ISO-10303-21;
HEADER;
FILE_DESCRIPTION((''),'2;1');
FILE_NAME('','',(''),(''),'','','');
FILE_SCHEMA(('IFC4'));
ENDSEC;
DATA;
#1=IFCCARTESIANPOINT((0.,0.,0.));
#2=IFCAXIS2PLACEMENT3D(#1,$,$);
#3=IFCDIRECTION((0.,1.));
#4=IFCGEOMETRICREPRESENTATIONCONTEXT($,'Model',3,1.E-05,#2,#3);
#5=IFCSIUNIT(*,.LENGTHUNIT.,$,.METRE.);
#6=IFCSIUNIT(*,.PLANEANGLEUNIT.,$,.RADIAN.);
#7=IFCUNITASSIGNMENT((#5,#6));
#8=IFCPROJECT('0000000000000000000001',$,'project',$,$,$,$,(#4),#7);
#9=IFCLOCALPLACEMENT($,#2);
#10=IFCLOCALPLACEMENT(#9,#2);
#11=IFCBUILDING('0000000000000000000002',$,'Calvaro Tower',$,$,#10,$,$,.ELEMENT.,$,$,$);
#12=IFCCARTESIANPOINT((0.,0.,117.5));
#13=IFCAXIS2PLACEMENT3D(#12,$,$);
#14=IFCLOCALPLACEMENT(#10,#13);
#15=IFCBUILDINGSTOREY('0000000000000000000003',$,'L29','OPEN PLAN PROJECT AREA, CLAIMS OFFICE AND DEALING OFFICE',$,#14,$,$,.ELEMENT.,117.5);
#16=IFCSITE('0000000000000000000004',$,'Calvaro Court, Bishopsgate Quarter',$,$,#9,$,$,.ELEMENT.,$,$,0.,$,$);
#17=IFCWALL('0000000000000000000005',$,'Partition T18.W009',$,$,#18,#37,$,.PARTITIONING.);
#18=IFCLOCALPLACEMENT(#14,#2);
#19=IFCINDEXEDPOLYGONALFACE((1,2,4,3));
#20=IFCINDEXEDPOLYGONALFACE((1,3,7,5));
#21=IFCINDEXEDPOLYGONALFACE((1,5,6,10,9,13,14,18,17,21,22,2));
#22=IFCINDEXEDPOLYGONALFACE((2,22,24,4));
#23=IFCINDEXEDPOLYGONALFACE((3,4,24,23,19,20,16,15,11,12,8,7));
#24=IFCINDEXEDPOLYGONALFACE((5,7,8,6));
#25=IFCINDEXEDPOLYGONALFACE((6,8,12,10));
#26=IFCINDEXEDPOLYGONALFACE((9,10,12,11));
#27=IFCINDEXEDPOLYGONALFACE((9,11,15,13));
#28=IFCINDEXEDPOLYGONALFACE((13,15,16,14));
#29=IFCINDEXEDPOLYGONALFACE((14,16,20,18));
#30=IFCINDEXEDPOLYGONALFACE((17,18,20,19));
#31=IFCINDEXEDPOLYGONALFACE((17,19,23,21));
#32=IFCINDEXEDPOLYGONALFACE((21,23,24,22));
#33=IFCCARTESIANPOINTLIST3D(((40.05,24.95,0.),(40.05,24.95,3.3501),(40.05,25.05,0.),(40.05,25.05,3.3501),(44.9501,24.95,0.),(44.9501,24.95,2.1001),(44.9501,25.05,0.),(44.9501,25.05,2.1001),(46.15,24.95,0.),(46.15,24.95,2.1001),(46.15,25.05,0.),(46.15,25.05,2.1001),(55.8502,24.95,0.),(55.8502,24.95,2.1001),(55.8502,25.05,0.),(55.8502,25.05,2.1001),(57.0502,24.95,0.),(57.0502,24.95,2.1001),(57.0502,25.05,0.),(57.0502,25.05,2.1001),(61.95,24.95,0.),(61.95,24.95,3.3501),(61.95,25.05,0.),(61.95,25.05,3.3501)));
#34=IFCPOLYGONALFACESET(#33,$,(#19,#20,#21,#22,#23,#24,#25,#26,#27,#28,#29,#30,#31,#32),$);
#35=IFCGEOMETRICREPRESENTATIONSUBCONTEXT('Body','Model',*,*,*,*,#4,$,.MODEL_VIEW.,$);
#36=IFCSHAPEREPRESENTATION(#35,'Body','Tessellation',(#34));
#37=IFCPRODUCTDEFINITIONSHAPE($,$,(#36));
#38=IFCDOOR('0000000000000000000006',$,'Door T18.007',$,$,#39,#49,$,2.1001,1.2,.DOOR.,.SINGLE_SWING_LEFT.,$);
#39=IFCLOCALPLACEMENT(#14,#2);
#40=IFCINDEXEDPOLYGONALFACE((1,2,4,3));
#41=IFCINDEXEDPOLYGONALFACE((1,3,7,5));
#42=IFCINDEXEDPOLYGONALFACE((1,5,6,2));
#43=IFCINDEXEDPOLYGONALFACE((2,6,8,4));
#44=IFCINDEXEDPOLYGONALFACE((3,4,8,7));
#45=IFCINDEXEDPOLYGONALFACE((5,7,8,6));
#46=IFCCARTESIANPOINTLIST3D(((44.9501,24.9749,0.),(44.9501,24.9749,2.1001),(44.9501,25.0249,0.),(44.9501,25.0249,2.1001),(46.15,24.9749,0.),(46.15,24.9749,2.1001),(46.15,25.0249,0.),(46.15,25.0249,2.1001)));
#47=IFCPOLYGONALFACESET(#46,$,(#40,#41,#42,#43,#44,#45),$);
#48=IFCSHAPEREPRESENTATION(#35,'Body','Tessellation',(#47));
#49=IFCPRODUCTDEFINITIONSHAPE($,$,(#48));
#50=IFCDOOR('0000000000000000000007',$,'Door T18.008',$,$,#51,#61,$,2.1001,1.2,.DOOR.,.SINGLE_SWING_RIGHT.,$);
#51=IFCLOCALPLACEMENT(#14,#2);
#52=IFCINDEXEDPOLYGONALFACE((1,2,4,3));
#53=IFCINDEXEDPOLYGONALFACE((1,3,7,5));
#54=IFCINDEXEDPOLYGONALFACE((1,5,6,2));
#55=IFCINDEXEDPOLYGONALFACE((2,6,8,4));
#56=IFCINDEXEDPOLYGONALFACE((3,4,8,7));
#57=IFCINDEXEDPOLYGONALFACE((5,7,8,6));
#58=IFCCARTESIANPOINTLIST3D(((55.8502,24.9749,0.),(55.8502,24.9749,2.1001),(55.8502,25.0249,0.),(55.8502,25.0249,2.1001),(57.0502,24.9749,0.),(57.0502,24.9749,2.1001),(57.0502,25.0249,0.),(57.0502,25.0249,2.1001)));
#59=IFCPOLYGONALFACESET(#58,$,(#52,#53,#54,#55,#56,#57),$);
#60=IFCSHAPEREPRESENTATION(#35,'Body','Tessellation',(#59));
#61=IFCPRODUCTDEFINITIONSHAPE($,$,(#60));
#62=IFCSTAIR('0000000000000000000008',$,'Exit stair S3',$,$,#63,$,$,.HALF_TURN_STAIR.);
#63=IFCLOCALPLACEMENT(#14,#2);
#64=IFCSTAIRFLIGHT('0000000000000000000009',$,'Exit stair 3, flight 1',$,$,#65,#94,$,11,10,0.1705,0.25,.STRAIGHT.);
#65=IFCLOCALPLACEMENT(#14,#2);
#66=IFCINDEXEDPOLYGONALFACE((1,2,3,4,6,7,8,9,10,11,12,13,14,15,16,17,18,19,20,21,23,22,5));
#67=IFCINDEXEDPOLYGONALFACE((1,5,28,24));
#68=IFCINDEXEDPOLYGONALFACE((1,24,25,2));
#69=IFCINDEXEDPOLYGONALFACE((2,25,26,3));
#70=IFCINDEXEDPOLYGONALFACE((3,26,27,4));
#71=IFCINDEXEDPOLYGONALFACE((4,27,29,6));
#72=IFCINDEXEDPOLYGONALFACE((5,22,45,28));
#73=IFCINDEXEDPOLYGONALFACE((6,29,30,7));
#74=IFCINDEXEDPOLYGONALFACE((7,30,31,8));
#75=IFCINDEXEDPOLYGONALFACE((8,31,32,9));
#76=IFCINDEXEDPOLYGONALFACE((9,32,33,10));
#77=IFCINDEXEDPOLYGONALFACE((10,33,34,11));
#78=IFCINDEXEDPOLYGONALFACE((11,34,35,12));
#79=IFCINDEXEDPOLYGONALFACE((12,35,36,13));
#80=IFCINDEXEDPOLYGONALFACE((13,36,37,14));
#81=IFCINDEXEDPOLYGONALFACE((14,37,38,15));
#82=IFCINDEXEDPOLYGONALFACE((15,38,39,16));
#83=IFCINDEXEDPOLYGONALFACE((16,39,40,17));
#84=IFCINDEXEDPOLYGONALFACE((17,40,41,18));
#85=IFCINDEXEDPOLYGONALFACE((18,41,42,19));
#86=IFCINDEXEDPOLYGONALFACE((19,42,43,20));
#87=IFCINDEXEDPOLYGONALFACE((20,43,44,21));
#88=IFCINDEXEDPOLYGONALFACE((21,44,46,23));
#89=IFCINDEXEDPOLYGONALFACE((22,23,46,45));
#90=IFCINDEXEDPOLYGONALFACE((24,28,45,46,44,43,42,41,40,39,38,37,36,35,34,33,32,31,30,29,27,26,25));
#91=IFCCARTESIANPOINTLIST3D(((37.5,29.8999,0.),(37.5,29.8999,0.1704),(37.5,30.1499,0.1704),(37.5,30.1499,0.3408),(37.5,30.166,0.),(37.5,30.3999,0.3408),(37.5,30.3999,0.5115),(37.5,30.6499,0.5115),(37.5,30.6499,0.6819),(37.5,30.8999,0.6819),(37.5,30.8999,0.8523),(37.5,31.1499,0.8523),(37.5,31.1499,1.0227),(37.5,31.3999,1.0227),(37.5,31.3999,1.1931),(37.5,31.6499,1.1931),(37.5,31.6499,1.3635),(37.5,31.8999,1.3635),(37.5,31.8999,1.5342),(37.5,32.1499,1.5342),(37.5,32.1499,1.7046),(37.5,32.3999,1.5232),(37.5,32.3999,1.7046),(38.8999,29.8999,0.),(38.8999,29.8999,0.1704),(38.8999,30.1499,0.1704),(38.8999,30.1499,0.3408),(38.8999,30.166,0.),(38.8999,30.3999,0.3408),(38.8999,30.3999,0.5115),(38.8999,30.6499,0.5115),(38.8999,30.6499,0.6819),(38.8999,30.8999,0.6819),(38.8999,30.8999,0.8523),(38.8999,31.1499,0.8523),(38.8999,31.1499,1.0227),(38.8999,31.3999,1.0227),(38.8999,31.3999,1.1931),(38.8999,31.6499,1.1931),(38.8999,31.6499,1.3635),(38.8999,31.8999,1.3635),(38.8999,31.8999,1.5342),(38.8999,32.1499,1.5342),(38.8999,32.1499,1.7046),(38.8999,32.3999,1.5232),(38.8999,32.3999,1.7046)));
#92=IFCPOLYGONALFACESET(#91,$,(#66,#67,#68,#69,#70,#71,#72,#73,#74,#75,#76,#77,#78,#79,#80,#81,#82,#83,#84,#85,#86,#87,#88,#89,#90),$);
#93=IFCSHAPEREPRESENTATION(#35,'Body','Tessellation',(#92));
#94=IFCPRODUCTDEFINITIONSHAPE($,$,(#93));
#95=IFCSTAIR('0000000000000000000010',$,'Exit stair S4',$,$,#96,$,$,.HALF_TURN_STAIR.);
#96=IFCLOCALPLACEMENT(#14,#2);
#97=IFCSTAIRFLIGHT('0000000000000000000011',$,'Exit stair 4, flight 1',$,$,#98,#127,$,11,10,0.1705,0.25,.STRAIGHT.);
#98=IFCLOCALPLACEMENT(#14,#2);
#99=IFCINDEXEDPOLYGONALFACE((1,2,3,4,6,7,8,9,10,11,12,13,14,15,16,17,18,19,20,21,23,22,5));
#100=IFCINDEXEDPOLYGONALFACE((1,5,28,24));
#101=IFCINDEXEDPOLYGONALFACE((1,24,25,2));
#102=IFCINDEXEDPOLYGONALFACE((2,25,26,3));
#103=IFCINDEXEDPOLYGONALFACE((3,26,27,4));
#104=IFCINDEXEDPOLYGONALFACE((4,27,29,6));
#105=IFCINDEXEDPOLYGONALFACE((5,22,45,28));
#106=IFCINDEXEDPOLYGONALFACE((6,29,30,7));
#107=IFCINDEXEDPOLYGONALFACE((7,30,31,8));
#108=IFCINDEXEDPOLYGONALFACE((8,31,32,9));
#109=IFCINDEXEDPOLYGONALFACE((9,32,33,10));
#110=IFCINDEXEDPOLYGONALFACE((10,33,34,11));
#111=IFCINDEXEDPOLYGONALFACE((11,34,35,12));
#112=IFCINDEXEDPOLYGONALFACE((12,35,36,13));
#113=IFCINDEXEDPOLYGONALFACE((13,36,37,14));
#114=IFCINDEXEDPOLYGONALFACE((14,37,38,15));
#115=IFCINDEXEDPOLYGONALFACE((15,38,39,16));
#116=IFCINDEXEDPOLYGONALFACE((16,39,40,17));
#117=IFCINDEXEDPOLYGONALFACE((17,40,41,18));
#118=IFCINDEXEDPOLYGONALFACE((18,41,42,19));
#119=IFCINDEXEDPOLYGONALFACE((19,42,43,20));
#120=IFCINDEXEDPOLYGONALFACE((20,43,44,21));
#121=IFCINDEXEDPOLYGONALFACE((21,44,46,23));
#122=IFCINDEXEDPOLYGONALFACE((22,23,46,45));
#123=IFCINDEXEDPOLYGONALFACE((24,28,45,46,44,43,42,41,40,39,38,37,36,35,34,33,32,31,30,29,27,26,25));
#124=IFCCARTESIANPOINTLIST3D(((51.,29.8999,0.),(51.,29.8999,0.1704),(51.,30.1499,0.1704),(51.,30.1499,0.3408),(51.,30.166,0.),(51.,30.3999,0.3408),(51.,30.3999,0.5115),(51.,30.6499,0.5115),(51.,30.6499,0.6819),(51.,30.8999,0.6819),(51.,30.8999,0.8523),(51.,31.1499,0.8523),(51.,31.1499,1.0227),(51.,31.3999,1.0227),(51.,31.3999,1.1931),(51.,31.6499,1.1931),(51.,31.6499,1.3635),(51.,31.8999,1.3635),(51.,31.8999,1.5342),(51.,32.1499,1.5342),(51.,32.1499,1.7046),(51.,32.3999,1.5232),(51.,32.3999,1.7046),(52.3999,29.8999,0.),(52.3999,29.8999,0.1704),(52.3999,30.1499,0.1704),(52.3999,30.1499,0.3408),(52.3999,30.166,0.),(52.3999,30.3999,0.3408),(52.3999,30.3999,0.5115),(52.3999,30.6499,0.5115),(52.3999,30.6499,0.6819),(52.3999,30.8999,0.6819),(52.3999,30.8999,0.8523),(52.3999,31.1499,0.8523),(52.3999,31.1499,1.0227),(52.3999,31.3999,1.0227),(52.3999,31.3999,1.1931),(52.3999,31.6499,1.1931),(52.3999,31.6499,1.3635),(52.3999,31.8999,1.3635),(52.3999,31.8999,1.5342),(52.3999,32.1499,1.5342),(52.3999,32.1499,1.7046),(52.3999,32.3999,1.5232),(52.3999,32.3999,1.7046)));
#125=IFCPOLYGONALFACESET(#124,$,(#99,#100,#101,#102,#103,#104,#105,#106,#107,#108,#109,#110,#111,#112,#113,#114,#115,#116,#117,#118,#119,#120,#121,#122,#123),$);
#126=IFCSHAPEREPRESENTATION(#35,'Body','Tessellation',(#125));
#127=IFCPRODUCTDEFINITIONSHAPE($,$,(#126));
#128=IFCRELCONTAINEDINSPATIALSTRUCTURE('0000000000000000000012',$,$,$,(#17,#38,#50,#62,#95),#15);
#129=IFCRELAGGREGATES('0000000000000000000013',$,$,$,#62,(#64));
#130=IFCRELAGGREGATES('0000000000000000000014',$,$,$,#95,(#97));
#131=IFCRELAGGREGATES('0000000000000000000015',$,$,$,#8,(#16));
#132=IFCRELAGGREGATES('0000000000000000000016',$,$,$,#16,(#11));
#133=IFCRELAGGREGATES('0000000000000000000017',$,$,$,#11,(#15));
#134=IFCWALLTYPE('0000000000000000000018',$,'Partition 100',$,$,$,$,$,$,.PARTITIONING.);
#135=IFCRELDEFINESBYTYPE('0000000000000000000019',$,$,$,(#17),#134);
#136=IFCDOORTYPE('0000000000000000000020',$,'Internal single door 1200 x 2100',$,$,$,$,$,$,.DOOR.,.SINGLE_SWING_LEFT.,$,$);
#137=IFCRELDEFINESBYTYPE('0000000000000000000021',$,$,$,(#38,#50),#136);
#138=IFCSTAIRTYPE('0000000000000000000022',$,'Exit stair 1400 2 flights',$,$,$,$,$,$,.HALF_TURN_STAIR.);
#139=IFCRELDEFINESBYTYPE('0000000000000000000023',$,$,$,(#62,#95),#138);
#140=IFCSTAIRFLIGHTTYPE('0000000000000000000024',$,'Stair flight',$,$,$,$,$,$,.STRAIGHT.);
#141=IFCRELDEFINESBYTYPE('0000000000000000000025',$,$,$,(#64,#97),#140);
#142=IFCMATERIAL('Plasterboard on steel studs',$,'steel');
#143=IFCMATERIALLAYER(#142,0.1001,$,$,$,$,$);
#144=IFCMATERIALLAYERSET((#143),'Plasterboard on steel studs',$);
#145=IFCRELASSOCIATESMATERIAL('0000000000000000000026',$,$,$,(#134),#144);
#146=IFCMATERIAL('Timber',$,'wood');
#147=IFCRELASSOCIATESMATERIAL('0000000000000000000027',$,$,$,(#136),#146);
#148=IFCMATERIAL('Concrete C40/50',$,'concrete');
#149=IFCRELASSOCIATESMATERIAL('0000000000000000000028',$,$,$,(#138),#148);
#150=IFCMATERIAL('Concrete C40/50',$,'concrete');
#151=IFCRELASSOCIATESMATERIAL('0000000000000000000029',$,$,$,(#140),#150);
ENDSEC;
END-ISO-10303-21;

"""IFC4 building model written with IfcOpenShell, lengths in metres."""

from ifc_helpers import new_model, si_unit, direction, frame, frame_2d, origin, place, context, subcontext, project, spatial, polyline, rectangle, outline, extrude, material, layer, layer_set, type_object, element, fill, aggregate, save


model = new_model("IFC4")

# Units and contexts
model_context = context("Model", 3, precision=1e-05, world=origin(), true_north=direction((0.0, 1.0)))
body_context = subcontext(model_context, "Body", "Model", "MODEL_VIEW")
ifc_project = project(units=[si_unit("LENGTHUNIT", "METRE"), si_unit("PLANEANGLEUNIT", "RADIAN")], contexts=[model_context])

# Site, building, storey
site_placement = place(None, origin())
site = spatial("IfcSite", under=ifc_project, at=site_placement, Name="Calvaro Court, Bishopsgate Quarter", CompositionType="ELEMENT", RefElevation=0.0)
building_placement = place(site_placement, origin())
building = spatial("IfcBuilding", under=site, at=building_placement, Name="Calvaro Tower", CompositionType="ELEMENT")
storey_placement = place(building_placement, frame((0.0, 0.0, 117.5)))
storey = spatial("IfcBuildingStorey", under=building, at=storey_placement, Name="L29", Description="OPEN PLAN PROJECT AREA, CLAIMS OFFICE AND DEALING OFFICE", CompositionType="ELEMENT", Elevation=117.5)

# Shared definitions
ifc_material_1 = material(Name="Plasterboard on steel studs", Category="steel")
ifc_layer_1 = layer(ifc_material_1, 0.1001)
ifc_layer_set_1 = layer_set([ifc_layer_1], Name="Plasterboard on steel studs")
wall_type_1 = type_object("IfcWallType", Name="Partition 100", PredefinedType="PARTITIONING", material=ifc_layer_set_1)

# Wall, openings, doors
wall_1_placement = place(storey_placement, frame((40.05, 25.0, 0.0), z_axis=(0.0, 0.0, 1.0), x_axis=(1.0, 0.0, 0.0)))
wall_1 = element("IfcWall", 1, at=wall_1_placement, inside=storey, type_object=wall_type_1, Name="Partition T18.W009", PredefinedType="PARTITIONING", context=body_context, shape_type="SweptSolid", body=[
    extrude(rectangle(XDim=21.8999, YDim=0.1001, at=frame_2d((10.95, 0.0))), origin(), (0.0, 0.0, 1.0), 3.3501),
])
opening_1_placement = place(wall_1_placement, frame((4.8999, 0.0, 0.0)))
opening_1 = element("IfcOpeningElement", 2, at=opening_1_placement, cuts=wall_1, PredefinedType="OPENING", context=body_context, shape_type="SweptSolid", body=[
    extrude(rectangle(XDim=1.2, YDim=2.1001, at=frame_2d((0.6001, 1.05))), frame((0.0, 0.0601, 0.0), z_axis=(0.0, -1.0, 0.0), x_axis=(1.0, 0.0, 0.0)), (0.0, 0.0, 1.0), 0.1201),
])
opening_2_placement = place(wall_1_placement, frame((15.8, 0.0, 0.0)))
opening_2 = element("IfcOpeningElement", 3, at=opening_2_placement, cuts=wall_1, PredefinedType="OPENING", context=body_context, shape_type="SweptSolid", body=[
    extrude(rectangle(XDim=1.2, YDim=2.1001, at=frame_2d((0.6001, 1.05))), frame((0.0, 0.0601, 0.0), z_axis=(0.0, -1.0, 0.0), x_axis=(1.0, 0.0, 0.0)), (0.0, 0.0, 1.0), 0.1201),
])
ifc_material_2 = material(Name="Timber", Category="wood")
door_type = type_object("IfcDoorType", Name="Internal single door 1200 x 2100", OperationType="SINGLE_SWING_LEFT", PredefinedType="DOOR", material=ifc_material_2)
door_1_placement = place(opening_1_placement, origin())
door_1 = element("IfcDoor", 4, at=door_1_placement, inside=storey, type_object=door_type, Name="Door T18.007", OperationType="SINGLE_SWING_LEFT", OverallHeight=2.1001, OverallWidth=1.2, PredefinedType="DOOR", context=body_context, shape_type="SweptSolid", body=[
    extrude(rectangle(XDim=1.2, YDim=2.1001, at=frame_2d((0.6001, 1.05))), frame((0.0, 0.0249, 0.0), z_axis=(0.0, -1.0, 0.0), x_axis=(1.0, 0.0, 0.0)), (0.0, 0.0, 1.0), 0.05),
])
fill(opening_1, door_1)
door_2_placement = place(opening_2_placement, origin())
door_2 = element("IfcDoor", 5, at=door_2_placement, inside=storey, type_object=door_type, Name="Door T18.008", OperationType="SINGLE_SWING_RIGHT", OverallHeight=2.1001, OverallWidth=1.2, PredefinedType="DOOR", context=body_context, shape_type="SweptSolid", body=[
    extrude(rectangle(XDim=1.2, YDim=2.1001, at=frame_2d((0.6001, 1.05))), frame((0.0, 0.0249, 0.0), z_axis=(0.0, -1.0, 0.0), x_axis=(1.0, 0.0, 0.0)), (0.0, 0.0, 1.0), 0.05),
])
fill(opening_2, door_2)

# Stairs, stair flights
ifc_material_3 = material(Name="Concrete C40/50", Category="concrete")
stair_type = type_object("IfcStairType", Name="Exit stair 1400 2 flights", PredefinedType="HALF_TURN_STAIR", material=ifc_material_3)
stair_1_placement = place(storey_placement, origin())
stair_1 = element("IfcStair", 6, at=stair_1_placement, inside=storey, type_object=stair_type, Name="Exit stair S3", PredefinedType="HALF_TURN_STAIR")
ifc_material_4 = material(Name="Concrete C40/50", Category="concrete")
stair_flight_type = type_object("IfcStairFlightType", Name="Stair flight", PredefinedType="STRAIGHT", material=ifc_material_4)
stair_flight_1_placement = place(storey_placement, frame((38.2, 29.8999, 0.0), z_axis=(0.0, 0.0, 1.0), x_axis=(0.0, 1.0, 0.0)))
stair_flight_1 = element("IfcStairFlight", 7, at=stair_flight_1_placement, type_object=stair_flight_type, Name="Exit stair 3, flight 1", NumberOfRisers=11, NumberOfTreads=10, PredefinedType="STRAIGHT", RiserHeight=0.1705, TreadLength=0.25, context=body_context, shape_type="SweptSolid", body=[
    extrude(outline(polyline([(0.0, 0.0), (0.0, 0.1704), (0.25, 0.1704), (0.25, 0.3408), (0.5, 0.3408), (0.5, 0.5115), (0.75, 0.5115), (0.75, 0.6819), (1.0, 0.6819), (1.0, 0.8523), (1.25, 0.8523), (1.25, 1.0227), (1.5, 1.0227), (1.5, 1.1931), (1.75, 1.1931), (1.75, 1.3635), (2.0, 1.3635), (2.0, 1.5342), (2.25, 1.5342), (2.25, 1.7046), (2.5, 1.7046), (2.5, 1.875), (2.5, 1.5232), (0.2661, 0.0), (0.0, 0.0)])), frame((0.0, 0.7, 0.0), z_axis=(0.0, -1.0, 0.0), x_axis=(1.0, 0.0, 0.0)), (0.0, 0.0, 1.0), 1.3999),
])
stair_2_placement = place(storey_placement, origin())
stair_2 = element("IfcStair", 8, at=stair_2_placement, inside=storey, type_object=stair_type, Name="Exit stair S4", PredefinedType="HALF_TURN_STAIR")
stair_flight_2_placement = place(storey_placement, frame((51.7, 29.8999, 0.0), z_axis=(0.0, 0.0, 1.0), x_axis=(0.0, 1.0, 0.0)))
stair_flight_2 = element("IfcStairFlight", 9, at=stair_flight_2_placement, type_object=stair_flight_type, Name="Exit stair 4, flight 1", NumberOfRisers=11, NumberOfTreads=10, PredefinedType="STRAIGHT", RiserHeight=0.1705, TreadLength=0.25, context=body_context, shape_type="SweptSolid", body=[
    extrude(outline(polyline([(0.0, 0.0), (0.0, 0.1704), (0.25, 0.1704), (0.25, 0.3408), (0.5, 0.3408), (0.5, 0.5115), (0.75, 0.5115), (0.75, 0.6819), (1.0, 0.6819), (1.0, 0.8523), (1.25, 0.8523), (1.25, 1.0227), (1.5, 1.0227), (1.5, 1.1931), (1.75, 1.1931), (1.75, 1.3635), (2.0, 1.3635), (2.0, 1.5342), (2.25, 1.5342), (2.25, 1.7046), (2.5, 1.7046), (2.5, 1.875), (2.5, 1.5232), (0.2661, 0.0), (0.0, 0.0)])), frame((0.0, 0.7, 0.0), z_axis=(0.0, -1.0, 0.0), x_axis=(1.0, 0.0, 0.0)), (0.0, 0.0, 1.0), 1.3999),
])

aggregate(stair_1, [stair_flight_1])
aggregate(stair_2, [stair_flight_2])

save(model, "model.ifc")
